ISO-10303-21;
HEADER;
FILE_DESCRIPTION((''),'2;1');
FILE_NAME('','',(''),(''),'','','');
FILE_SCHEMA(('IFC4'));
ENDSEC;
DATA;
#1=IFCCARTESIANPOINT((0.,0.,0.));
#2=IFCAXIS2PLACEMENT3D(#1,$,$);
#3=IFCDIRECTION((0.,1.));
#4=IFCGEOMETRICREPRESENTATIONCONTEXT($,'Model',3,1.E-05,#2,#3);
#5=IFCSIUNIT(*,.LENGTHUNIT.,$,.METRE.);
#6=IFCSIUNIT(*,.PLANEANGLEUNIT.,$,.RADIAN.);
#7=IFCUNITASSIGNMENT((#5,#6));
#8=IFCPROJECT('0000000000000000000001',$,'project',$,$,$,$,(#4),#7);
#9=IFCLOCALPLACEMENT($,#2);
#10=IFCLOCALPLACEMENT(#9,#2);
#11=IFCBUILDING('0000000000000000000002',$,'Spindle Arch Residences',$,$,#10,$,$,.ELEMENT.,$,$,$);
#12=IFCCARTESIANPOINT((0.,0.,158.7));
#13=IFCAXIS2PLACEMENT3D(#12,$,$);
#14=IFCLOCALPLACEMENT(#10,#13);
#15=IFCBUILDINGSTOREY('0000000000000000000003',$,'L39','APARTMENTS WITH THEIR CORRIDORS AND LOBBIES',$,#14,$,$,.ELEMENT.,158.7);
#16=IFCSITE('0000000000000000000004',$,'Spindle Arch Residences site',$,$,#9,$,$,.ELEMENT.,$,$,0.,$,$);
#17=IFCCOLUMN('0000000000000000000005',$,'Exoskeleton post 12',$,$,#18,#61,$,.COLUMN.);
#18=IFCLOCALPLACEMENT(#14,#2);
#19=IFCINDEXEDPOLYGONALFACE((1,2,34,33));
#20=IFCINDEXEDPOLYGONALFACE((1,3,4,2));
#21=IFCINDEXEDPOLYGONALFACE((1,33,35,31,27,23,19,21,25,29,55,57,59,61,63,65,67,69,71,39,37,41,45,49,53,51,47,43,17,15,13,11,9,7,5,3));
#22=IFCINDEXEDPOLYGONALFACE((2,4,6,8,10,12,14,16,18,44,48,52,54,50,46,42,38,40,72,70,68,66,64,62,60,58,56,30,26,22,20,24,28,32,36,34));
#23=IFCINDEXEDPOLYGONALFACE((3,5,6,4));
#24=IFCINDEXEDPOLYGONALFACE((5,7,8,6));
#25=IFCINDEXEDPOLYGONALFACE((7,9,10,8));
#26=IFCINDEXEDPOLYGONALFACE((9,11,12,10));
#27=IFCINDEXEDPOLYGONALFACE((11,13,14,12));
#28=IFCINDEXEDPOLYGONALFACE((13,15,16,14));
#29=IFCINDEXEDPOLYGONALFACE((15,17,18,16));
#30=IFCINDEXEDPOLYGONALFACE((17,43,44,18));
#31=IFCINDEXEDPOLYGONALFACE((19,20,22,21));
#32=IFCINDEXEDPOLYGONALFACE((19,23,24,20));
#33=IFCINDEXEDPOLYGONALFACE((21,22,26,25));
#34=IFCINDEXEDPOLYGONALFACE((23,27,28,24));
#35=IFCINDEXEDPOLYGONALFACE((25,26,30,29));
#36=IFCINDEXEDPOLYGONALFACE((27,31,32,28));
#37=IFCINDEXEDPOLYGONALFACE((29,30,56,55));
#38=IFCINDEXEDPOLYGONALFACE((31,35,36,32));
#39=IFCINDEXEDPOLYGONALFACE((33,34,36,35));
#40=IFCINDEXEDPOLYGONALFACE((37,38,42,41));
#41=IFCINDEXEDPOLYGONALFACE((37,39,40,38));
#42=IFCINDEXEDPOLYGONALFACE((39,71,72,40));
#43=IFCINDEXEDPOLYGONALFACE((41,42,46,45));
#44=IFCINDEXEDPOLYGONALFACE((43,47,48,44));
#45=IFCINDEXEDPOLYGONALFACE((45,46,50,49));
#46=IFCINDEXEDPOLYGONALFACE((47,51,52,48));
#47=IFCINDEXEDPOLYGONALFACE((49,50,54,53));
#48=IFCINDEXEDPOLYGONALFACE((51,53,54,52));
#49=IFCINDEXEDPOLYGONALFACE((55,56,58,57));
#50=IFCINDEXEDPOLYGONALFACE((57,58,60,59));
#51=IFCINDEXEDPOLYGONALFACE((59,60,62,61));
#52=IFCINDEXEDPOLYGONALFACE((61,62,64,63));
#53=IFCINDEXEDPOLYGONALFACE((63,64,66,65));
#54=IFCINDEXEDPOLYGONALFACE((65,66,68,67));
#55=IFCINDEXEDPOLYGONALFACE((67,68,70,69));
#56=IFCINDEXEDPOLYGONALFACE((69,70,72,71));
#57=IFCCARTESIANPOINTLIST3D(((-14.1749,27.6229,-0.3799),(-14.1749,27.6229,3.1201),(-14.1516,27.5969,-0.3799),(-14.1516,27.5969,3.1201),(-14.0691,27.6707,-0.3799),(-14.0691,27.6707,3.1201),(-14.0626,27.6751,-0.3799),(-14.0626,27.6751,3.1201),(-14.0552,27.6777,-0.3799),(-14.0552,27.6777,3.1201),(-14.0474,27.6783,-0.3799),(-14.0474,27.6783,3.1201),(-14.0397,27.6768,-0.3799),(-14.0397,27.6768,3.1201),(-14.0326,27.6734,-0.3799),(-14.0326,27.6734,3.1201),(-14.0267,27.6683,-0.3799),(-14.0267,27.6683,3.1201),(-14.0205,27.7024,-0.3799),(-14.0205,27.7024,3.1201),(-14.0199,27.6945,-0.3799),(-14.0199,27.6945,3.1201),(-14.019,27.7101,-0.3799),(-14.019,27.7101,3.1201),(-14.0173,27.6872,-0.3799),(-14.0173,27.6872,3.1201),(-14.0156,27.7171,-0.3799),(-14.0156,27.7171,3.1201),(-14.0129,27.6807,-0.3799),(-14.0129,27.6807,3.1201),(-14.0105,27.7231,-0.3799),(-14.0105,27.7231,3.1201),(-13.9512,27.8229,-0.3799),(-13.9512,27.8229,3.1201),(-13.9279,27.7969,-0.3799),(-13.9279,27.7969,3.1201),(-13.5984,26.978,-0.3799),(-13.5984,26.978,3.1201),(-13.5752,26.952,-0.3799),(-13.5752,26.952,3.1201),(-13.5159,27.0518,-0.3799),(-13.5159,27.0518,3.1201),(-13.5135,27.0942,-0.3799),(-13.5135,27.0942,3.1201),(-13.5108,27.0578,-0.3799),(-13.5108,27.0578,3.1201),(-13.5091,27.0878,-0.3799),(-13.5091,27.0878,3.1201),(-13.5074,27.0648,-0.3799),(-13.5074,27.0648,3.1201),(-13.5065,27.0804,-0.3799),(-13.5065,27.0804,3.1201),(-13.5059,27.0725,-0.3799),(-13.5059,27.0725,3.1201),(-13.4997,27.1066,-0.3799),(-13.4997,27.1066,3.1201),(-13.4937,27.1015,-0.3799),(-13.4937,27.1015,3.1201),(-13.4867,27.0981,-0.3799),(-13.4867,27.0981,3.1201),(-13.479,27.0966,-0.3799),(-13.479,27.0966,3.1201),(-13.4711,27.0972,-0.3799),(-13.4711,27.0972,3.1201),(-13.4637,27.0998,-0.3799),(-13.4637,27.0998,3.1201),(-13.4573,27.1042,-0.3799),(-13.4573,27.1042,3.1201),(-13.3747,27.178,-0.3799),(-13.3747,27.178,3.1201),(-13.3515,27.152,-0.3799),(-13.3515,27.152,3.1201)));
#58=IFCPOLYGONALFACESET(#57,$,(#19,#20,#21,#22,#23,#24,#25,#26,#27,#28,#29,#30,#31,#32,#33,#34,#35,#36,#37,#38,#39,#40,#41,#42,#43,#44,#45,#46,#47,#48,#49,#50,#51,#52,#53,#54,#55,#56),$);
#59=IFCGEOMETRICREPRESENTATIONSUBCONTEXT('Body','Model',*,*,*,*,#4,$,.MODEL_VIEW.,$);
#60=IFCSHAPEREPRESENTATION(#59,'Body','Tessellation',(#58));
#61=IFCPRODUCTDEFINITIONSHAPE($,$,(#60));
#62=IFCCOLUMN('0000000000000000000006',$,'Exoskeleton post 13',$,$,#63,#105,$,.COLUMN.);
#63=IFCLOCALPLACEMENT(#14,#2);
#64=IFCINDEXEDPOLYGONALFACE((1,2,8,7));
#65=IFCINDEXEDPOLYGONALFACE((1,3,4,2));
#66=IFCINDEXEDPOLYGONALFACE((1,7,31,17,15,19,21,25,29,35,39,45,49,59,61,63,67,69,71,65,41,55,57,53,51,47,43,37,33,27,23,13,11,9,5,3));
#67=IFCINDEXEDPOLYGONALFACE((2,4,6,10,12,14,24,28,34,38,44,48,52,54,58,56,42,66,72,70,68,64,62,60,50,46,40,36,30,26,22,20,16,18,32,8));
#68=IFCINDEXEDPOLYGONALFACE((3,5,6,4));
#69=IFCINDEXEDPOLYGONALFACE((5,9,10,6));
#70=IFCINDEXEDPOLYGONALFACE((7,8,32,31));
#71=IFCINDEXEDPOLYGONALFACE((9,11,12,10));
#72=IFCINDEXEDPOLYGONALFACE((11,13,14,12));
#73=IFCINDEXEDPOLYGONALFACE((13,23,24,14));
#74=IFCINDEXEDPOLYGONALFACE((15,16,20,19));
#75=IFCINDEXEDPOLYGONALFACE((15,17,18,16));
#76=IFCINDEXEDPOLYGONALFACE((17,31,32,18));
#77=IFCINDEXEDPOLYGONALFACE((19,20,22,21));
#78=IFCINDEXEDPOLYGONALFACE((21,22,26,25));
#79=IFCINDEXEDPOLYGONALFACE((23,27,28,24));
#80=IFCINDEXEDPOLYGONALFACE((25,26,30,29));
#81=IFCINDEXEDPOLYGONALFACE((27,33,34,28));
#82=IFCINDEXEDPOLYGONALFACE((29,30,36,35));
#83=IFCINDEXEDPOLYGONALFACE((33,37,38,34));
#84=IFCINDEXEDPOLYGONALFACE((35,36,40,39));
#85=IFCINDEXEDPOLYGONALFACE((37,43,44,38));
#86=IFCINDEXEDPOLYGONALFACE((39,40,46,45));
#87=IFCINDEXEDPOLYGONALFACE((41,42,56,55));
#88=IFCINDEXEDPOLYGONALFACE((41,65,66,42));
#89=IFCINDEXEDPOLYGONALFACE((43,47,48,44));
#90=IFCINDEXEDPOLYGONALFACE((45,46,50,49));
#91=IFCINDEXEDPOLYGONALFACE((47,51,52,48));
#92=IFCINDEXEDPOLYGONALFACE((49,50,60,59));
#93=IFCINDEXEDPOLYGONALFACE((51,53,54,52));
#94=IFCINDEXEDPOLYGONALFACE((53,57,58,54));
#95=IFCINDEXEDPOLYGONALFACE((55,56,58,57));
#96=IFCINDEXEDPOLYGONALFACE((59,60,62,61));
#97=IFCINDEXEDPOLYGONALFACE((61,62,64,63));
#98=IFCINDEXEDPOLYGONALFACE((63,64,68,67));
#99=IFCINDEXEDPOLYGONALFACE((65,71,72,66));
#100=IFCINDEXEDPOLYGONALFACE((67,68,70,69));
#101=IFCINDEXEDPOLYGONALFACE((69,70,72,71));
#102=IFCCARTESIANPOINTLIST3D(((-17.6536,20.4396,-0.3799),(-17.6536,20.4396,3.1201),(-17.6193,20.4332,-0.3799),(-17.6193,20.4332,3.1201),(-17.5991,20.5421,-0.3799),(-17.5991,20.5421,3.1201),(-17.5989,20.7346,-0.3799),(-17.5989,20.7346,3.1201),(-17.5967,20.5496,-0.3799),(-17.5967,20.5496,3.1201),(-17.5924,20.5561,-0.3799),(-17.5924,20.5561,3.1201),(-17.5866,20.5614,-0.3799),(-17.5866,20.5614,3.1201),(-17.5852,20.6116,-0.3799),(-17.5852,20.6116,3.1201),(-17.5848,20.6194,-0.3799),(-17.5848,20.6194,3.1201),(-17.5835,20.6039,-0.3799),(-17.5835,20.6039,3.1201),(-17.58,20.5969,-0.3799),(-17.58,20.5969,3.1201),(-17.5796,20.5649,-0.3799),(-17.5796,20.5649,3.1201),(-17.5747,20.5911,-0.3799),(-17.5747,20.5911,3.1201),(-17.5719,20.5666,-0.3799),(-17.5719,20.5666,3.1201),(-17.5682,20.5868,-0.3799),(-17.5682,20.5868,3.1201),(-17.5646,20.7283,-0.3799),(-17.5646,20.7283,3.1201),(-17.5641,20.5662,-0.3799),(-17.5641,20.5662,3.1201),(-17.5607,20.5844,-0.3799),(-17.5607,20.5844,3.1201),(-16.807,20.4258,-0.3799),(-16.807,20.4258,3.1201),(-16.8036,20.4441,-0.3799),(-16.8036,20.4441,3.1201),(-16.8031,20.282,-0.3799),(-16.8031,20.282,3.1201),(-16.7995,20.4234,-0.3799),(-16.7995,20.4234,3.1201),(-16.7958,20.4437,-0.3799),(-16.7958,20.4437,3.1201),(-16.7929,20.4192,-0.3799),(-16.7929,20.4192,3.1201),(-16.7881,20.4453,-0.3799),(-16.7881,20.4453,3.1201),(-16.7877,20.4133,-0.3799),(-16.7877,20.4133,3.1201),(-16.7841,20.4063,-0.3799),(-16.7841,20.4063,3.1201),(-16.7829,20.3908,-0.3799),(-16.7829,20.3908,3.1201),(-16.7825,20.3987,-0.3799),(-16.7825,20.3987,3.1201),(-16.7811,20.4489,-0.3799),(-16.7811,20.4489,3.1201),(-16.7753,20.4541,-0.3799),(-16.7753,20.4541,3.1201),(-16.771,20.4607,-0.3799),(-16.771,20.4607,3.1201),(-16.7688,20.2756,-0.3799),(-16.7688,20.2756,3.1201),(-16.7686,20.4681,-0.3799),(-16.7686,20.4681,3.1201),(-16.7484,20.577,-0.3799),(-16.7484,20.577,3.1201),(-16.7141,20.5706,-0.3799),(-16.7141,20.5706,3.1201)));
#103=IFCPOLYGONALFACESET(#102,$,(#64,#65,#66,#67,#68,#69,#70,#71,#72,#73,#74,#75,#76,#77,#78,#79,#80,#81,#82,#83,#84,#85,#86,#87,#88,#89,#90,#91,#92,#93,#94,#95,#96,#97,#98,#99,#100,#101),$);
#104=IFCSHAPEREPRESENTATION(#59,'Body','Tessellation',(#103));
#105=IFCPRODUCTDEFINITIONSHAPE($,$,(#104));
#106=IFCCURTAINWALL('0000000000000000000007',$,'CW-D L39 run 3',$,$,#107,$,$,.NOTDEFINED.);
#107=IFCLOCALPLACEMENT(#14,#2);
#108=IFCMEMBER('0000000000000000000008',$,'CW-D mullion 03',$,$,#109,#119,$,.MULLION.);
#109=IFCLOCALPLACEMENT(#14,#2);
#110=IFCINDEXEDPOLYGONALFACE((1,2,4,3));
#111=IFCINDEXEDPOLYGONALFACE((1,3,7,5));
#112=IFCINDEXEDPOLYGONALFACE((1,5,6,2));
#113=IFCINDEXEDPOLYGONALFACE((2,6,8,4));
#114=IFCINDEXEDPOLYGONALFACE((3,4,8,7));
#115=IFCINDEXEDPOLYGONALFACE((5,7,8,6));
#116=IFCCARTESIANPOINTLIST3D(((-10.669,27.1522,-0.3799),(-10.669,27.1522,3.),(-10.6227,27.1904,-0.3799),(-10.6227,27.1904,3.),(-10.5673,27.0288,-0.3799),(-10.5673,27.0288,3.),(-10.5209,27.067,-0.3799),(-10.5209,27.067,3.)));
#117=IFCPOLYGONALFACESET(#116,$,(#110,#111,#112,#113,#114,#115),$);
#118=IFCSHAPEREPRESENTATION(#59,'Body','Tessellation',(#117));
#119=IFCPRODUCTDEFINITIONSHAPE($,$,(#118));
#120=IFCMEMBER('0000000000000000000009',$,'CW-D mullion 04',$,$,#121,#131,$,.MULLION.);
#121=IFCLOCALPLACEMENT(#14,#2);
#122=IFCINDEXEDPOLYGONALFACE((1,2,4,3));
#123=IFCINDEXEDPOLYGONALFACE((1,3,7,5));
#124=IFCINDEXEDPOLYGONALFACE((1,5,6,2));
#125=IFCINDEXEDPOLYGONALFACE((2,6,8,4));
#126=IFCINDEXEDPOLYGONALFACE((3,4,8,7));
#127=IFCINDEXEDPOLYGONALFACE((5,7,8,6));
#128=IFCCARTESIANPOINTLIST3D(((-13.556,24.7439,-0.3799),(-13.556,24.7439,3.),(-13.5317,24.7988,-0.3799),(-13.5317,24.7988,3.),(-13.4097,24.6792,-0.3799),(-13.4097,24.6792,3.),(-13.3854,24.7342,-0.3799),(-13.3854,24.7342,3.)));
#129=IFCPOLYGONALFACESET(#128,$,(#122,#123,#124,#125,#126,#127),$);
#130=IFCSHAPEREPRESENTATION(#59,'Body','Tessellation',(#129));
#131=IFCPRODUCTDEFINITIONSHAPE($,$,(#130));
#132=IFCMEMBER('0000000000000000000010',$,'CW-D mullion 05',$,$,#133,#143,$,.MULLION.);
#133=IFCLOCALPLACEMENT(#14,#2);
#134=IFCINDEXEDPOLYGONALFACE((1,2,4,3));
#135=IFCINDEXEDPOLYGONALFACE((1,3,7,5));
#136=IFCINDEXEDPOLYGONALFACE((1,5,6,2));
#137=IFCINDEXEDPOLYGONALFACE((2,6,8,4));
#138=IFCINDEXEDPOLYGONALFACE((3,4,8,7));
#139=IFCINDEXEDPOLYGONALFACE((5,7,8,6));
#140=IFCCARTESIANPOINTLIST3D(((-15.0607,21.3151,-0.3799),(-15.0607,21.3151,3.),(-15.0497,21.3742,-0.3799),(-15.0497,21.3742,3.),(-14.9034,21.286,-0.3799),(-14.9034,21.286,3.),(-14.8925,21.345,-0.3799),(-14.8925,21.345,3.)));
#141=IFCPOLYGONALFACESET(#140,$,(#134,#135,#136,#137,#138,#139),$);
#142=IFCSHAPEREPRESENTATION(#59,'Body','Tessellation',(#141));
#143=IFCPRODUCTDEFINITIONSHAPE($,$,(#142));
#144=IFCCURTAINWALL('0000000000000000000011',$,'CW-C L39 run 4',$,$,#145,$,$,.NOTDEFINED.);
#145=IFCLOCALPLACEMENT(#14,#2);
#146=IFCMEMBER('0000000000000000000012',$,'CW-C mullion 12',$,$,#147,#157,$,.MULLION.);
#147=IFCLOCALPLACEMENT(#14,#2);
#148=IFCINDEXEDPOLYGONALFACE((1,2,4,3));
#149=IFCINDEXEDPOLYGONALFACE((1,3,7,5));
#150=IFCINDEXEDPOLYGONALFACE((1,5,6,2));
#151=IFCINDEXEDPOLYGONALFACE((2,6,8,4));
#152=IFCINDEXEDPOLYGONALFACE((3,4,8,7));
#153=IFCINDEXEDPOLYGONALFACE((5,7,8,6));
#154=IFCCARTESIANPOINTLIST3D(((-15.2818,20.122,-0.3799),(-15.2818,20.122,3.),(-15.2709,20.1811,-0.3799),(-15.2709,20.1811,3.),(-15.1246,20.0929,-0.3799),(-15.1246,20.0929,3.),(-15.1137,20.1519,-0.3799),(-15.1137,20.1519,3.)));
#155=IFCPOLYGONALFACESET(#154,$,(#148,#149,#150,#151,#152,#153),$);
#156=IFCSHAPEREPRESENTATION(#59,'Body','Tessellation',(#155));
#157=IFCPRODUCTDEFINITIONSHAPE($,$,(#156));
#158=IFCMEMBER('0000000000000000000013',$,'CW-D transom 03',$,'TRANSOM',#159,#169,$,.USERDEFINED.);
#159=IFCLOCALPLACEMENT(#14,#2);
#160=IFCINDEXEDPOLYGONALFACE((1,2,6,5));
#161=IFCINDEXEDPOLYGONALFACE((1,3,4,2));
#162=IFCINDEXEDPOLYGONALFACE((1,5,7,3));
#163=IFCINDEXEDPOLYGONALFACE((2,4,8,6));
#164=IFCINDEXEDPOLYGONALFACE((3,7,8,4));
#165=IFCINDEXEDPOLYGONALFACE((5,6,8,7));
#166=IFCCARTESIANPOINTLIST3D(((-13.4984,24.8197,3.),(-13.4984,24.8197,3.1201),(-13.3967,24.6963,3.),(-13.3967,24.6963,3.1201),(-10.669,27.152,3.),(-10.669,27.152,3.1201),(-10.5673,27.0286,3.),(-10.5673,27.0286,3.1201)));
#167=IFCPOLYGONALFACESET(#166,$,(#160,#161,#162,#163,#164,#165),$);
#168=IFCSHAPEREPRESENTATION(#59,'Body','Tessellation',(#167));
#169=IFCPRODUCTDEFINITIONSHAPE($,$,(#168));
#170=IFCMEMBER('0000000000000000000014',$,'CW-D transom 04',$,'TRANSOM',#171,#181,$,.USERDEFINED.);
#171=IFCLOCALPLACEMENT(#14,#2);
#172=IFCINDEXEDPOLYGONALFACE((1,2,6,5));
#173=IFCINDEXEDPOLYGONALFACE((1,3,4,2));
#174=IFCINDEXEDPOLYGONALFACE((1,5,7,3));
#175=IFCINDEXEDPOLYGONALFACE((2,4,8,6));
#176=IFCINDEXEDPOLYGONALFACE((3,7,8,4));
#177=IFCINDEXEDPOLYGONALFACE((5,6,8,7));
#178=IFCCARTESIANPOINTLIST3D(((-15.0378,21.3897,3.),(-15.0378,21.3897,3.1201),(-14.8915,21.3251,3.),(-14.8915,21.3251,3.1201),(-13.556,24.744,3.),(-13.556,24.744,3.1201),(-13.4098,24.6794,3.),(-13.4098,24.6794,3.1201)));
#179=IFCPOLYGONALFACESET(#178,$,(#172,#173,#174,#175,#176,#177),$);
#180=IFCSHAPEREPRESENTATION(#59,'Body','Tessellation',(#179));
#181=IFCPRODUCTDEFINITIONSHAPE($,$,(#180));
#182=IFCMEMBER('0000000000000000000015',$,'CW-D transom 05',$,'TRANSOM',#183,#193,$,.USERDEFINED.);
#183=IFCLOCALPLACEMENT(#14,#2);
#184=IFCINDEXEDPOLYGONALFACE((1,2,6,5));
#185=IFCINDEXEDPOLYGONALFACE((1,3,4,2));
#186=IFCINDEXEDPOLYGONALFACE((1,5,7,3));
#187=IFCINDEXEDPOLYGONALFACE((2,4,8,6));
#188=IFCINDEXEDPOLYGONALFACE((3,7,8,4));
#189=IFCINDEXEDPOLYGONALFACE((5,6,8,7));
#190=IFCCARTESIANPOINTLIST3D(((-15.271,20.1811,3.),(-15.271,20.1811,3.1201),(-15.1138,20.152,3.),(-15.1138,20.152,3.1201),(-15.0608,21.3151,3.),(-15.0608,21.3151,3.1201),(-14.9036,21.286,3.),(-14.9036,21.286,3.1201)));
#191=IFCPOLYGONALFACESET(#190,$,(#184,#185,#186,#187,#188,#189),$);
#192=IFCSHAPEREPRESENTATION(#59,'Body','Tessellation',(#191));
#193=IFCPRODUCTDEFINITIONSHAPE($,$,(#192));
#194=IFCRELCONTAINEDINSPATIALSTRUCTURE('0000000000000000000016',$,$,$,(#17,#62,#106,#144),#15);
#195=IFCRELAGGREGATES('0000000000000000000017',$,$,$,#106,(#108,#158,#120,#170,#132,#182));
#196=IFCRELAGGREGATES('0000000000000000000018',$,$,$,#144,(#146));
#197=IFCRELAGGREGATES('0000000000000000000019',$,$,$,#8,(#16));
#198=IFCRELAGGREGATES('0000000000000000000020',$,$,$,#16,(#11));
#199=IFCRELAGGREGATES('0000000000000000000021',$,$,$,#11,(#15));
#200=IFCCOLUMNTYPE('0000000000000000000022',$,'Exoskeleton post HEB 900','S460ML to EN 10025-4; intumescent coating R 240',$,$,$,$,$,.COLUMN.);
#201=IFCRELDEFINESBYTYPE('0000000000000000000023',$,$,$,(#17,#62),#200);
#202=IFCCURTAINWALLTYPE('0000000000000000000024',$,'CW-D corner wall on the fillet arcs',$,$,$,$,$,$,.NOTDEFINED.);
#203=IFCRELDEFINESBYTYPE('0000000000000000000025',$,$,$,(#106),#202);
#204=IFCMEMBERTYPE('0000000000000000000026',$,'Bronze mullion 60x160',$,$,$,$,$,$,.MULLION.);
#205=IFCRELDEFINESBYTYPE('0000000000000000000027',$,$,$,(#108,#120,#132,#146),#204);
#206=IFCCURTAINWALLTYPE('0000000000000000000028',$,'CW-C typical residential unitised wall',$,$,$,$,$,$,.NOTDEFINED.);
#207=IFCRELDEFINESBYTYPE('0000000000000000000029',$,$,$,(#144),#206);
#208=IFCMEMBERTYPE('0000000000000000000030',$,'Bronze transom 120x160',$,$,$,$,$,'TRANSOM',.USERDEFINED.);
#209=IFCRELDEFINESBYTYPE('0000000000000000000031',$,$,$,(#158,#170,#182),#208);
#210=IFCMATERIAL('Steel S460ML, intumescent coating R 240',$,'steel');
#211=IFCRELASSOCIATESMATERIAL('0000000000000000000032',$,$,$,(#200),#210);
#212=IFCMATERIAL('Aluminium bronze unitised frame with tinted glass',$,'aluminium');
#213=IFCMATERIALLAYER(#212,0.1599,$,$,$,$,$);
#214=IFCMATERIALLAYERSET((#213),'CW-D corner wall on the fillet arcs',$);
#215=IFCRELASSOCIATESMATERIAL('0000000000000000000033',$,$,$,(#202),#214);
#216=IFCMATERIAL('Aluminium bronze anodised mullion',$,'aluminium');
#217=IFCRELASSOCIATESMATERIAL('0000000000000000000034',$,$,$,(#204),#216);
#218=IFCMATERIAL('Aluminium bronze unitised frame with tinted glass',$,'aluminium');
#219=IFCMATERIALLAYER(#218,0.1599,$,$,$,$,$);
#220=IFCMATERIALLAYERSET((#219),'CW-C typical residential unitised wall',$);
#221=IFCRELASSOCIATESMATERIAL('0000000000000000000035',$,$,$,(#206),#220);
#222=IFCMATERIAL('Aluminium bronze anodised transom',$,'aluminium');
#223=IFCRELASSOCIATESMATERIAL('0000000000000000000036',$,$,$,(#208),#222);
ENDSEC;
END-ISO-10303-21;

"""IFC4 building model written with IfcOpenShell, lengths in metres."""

from ifc_helpers import new_model, si_unit, direction, frame, origin, origin_2d, place, context, subcontext, project, spatial, rectangle, i_section, extrude, material, layer, layer_set, material_profile, profile_set, type_object, element, aggregate, save


model = new_model("IFC4")

# Units and contexts
model_context = context("Model", 3, precision=1e-05, world=origin(), true_north=direction((0.0, 1.0)))
body_context = subcontext(model_context, "Body", "Model", "MODEL_VIEW")
ifc_project = project(units=[si_unit("LENGTHUNIT", "METRE"), si_unit("PLANEANGLEUNIT", "RADIAN")], contexts=[model_context])

# Site, building, storey
site_placement = place(None, origin())
site = spatial("IfcSite", under=ifc_project, at=site_placement, Name="Spindle Arch Residences site", CompositionType="ELEMENT", RefElevation=0.0)
building_placement = place(site_placement, origin())
building = spatial("IfcBuilding", under=site, at=building_placement, Name="Spindle Arch Residences", CompositionType="ELEMENT")
storey_placement = place(building_placement, frame((0.0, 0.0, 158.7)))
storey = spatial("IfcBuildingStorey", under=building, at=storey_placement, Name="L39", Description="APARTMENTS WITH THEIR CORRIDORS AND LOBBIES", CompositionType="ELEMENT", Elevation=158.7)

# Columns
ifc_material_1 = material(Name="Steel S460ML, intumescent coating R 240", Category="steel")
ifc_material_profile_1 = material_profile(ifc_material_1, i_section(OverallWidth=0.3, OverallDepth=0.8999, WebThickness=0.0186, FlangeThickness=0.0349, FilletRadius=0.03, at=origin_2d()), Name="HEB 900")
ifc_profile_set_1 = profile_set([ifc_material_profile_1], Name="Steel S460ML, intumescent coating R 240")
column_type = type_object("IfcColumnType", Name="Exoskeleton post HEB 900", Description="S460ML to EN 10025-4; intumescent coating R 240", PredefinedType="COLUMN", material=ifc_profile_set_1)
for number, where, z_axis, x_axis, name in (
    (1, (-13.7632, 27.3875, -0.3799), (0.0, 0.0, 1.0), (0.74554, 0.666461, 0.0), "Exoskeleton post 12"),
    (2, (-17.1838, 20.5051, -0.3799), (0.0, 0.0, 1.0), (0.182236, 0.983255, 0.0), "Exoskeleton post 13"),
):
    element("IfcColumn", number, at=place(storey_placement, frame(where, z_axis=z_axis, x_axis=x_axis)), inside=storey, type_object=column_type, Name=name, PredefinedType="COLUMN", context=body_context, shape_type="SweptSolid", body=[
        extrude(i_section(OverallWidth=0.3, OverallDepth=0.8999, WebThickness=0.0186, FlangeThickness=0.0349, FilletRadius=0.03, at=origin_2d()), origin(), (0.0, 0.0, 1.0), 3.5),
    ])

# Curtain wall, members
ifc_material_2 = material(Name="Aluminium bronze unitised frame with tinted glass", Category="aluminium")
ifc_layer_1 = layer(ifc_material_2, 0.1599)
ifc_layer_set_1 = layer_set([ifc_layer_1], Name="CW-D corner wall on the fillet arcs")
curtain_wall_type_1 = type_object("IfcCurtainWallType", Name="CW-D corner wall on the fillet arcs", PredefinedType="NOTDEFINED", material=ifc_layer_set_1)
curtain_wall_1_placement = place(storey_placement, origin())
curtain_wall_1 = element("IfcCurtainWall", 3, at=curtain_wall_1_placement, inside=storey, type_object=curtain_wall_type_1, Name="CW-D L39 run 3", PredefinedType="NOTDEFINED")
ifc_material_3 = material(Name="Aluminium bronze anodised mullion", Category="aluminium")
ifc_material_profile_2 = material_profile(ifc_material_3, rectangle(XDim=0.1599, YDim=0.0601, at=origin_2d()), Name="MU 60x160")
ifc_profile_set_2 = profile_set([ifc_material_profile_2], Name="Aluminium bronze anodised mullion")
member_type_1 = type_object("IfcMemberType", Name="Bronze mullion 60x160", PredefinedType="MULLION", material=ifc_profile_set_2)
member_1_placement = place(storey_placement, frame((-10.595, 27.1096, -0.3799), z_axis=(0.0, 0.0, 1.0), x_axis=(0.636078, -0.771625, 0.0)))
member_1 = element("IfcMember", 4, at=member_1_placement, type_object=member_type_1, Name="CW-D mullion 03", PredefinedType="MULLION", context=body_context, shape_type="SweptSolid", body=[
    extrude(rectangle(XDim=0.1599, YDim=0.0601, at=origin_2d()), origin(), (0.0, 0.0, 1.0), 3.3799),
])
member_2_placement = place(storey_placement, frame((-13.4707, 24.739, -0.3799), z_axis=(0.0, 0.0, 1.0), x_axis=(0.914725, -0.404078, 0.0)))
member_2 = element("IfcMember", 5, at=member_2_placement, type_object=member_type_1, Name="CW-D mullion 04", PredefinedType="MULLION", context=body_context, shape_type="SweptSolid", body=[
    extrude(rectangle(XDim=0.1599, YDim=0.0601, at=origin_2d()), origin(), (0.0, 0.0, 1.0), 3.3799),
])
member_3_placement = place(storey_placement, frame((-14.9766, 21.3301, -0.3799), z_axis=(0.0, 0.0, 1.0), x_axis=(0.983255, -0.182236, 0.0)))
member_3 = element("IfcMember", 6, at=member_3_placement, type_object=member_type_1, Name="CW-D mullion 05", PredefinedType="MULLION", context=body_context, shape_type="SweptSolid", body=[
    extrude(rectangle(XDim=0.1599, YDim=0.0601, at=origin_2d()), origin(), (0.0, 0.0, 1.0), 3.3799),
])

# Curtain wall, member
ifc_material_4 = material(Name="Aluminium bronze unitised frame with tinted glass", Category="aluminium")
ifc_layer_2 = layer(ifc_material_4, 0.1599)
ifc_layer_set_2 = layer_set([ifc_layer_2], Name="CW-C typical residential unitised wall")
curtain_wall_type_2 = type_object("IfcCurtainWallType", Name="CW-C typical residential unitised wall", PredefinedType="NOTDEFINED", material=ifc_layer_set_2)
curtain_wall_2_placement = place(storey_placement, origin())
curtain_wall_2 = element("IfcCurtainWall", 7, at=curtain_wall_2_placement, inside=storey, type_object=curtain_wall_type_2, Name="CW-C L39 run 4", PredefinedType="NOTDEFINED")
member_4_placement = place(storey_placement, frame((-15.1978, 20.137, -0.3799), z_axis=(0.0, 0.0, 1.0), x_axis=(0.983255, -0.182236, 0.0)))
member_4 = element("IfcMember", 8, at=member_4_placement, type_object=member_type_1, Name="CW-C mullion 12", PredefinedType="MULLION", context=body_context, shape_type="SweptSolid", body=[
    extrude(rectangle(XDim=0.1599, YDim=0.0601, at=origin_2d()), origin(), (0.0, 0.0, 1.0), 3.3799),
])

# Members
ifc_material_5 = material(Name="Aluminium bronze anodised transom", Category="aluminium")
ifc_material_profile_3 = material_profile(ifc_material_5, rectangle(XDim=0.1599, YDim=0.1201, at=origin_2d()), Name="TR 120x160")
ifc_profile_set_3 = profile_set([ifc_material_profile_3], Name="Aluminium bronze anodised transom")
member_type_2 = type_object("IfcMemberType", Name="Bronze transom 120x160", ElementType="TRANSOM", PredefinedType="USERDEFINED", material=ifc_profile_set_3)
member_5_placement = place(storey_placement, frame((-10.6182, 27.0903, 3.0601), z_axis=(-0.771632, -0.636069, 0.0), x_axis=(0.636069, -0.771632, 0.0)))
member_5 = element("IfcMember", 9, at=member_5_placement, type_object=member_type_2, Name="CW-D transom 03", ObjectType="TRANSOM", PredefinedType="USERDEFINED", context=body_context, shape_type="SweptSolid", body=[
    extrude(rectangle(XDim=0.1599, YDim=0.1201, at=origin_2d()), origin(), (0.0, 0.0, 1.0), 3.6667),
])
member_6_placement = place(storey_placement, frame((-13.4829, 24.7117, 3.0601), z_axis=(-0.404068, -0.914729, 0.0), x_axis=(0.914729, -0.404068, 0.0)))
member_6 = element("IfcMember", 10, at=member_6_placement, type_object=member_type_2, Name="CW-D transom 04", ObjectType="TRANSOM", PredefinedType="USERDEFINED", context=body_context, shape_type="SweptSolid", body=[
    extrude(rectangle(XDim=0.1599, YDim=0.1201, at=origin_2d()), origin(), (0.0, 0.0, 1.0), 3.667),
])
member_7_placement = place(storey_placement, frame((-14.9822, 21.3005, 3.0601), z_axis=(-0.182256, -0.983251, 0.0), x_axis=(0.983251, -0.182256, 0.0)))
member_7 = element("IfcMember", 11, at=member_7_placement, type_object=member_type_2, Name="CW-D transom 05", ObjectType="TRANSOM", PredefinedType="USERDEFINED", context=body_context, shape_type="SweptSolid", body=[
    extrude(rectangle(XDim=0.1599, YDim=0.1201, at=origin_2d()), origin(), (0.0, 0.0, 1.0), 1.1533),
])

aggregate(curtain_wall_1, [member_1, member_5, member_2, member_6, member_3, member_7])
aggregate(curtain_wall_2, [member_4])

save(model, "model.ifc")
